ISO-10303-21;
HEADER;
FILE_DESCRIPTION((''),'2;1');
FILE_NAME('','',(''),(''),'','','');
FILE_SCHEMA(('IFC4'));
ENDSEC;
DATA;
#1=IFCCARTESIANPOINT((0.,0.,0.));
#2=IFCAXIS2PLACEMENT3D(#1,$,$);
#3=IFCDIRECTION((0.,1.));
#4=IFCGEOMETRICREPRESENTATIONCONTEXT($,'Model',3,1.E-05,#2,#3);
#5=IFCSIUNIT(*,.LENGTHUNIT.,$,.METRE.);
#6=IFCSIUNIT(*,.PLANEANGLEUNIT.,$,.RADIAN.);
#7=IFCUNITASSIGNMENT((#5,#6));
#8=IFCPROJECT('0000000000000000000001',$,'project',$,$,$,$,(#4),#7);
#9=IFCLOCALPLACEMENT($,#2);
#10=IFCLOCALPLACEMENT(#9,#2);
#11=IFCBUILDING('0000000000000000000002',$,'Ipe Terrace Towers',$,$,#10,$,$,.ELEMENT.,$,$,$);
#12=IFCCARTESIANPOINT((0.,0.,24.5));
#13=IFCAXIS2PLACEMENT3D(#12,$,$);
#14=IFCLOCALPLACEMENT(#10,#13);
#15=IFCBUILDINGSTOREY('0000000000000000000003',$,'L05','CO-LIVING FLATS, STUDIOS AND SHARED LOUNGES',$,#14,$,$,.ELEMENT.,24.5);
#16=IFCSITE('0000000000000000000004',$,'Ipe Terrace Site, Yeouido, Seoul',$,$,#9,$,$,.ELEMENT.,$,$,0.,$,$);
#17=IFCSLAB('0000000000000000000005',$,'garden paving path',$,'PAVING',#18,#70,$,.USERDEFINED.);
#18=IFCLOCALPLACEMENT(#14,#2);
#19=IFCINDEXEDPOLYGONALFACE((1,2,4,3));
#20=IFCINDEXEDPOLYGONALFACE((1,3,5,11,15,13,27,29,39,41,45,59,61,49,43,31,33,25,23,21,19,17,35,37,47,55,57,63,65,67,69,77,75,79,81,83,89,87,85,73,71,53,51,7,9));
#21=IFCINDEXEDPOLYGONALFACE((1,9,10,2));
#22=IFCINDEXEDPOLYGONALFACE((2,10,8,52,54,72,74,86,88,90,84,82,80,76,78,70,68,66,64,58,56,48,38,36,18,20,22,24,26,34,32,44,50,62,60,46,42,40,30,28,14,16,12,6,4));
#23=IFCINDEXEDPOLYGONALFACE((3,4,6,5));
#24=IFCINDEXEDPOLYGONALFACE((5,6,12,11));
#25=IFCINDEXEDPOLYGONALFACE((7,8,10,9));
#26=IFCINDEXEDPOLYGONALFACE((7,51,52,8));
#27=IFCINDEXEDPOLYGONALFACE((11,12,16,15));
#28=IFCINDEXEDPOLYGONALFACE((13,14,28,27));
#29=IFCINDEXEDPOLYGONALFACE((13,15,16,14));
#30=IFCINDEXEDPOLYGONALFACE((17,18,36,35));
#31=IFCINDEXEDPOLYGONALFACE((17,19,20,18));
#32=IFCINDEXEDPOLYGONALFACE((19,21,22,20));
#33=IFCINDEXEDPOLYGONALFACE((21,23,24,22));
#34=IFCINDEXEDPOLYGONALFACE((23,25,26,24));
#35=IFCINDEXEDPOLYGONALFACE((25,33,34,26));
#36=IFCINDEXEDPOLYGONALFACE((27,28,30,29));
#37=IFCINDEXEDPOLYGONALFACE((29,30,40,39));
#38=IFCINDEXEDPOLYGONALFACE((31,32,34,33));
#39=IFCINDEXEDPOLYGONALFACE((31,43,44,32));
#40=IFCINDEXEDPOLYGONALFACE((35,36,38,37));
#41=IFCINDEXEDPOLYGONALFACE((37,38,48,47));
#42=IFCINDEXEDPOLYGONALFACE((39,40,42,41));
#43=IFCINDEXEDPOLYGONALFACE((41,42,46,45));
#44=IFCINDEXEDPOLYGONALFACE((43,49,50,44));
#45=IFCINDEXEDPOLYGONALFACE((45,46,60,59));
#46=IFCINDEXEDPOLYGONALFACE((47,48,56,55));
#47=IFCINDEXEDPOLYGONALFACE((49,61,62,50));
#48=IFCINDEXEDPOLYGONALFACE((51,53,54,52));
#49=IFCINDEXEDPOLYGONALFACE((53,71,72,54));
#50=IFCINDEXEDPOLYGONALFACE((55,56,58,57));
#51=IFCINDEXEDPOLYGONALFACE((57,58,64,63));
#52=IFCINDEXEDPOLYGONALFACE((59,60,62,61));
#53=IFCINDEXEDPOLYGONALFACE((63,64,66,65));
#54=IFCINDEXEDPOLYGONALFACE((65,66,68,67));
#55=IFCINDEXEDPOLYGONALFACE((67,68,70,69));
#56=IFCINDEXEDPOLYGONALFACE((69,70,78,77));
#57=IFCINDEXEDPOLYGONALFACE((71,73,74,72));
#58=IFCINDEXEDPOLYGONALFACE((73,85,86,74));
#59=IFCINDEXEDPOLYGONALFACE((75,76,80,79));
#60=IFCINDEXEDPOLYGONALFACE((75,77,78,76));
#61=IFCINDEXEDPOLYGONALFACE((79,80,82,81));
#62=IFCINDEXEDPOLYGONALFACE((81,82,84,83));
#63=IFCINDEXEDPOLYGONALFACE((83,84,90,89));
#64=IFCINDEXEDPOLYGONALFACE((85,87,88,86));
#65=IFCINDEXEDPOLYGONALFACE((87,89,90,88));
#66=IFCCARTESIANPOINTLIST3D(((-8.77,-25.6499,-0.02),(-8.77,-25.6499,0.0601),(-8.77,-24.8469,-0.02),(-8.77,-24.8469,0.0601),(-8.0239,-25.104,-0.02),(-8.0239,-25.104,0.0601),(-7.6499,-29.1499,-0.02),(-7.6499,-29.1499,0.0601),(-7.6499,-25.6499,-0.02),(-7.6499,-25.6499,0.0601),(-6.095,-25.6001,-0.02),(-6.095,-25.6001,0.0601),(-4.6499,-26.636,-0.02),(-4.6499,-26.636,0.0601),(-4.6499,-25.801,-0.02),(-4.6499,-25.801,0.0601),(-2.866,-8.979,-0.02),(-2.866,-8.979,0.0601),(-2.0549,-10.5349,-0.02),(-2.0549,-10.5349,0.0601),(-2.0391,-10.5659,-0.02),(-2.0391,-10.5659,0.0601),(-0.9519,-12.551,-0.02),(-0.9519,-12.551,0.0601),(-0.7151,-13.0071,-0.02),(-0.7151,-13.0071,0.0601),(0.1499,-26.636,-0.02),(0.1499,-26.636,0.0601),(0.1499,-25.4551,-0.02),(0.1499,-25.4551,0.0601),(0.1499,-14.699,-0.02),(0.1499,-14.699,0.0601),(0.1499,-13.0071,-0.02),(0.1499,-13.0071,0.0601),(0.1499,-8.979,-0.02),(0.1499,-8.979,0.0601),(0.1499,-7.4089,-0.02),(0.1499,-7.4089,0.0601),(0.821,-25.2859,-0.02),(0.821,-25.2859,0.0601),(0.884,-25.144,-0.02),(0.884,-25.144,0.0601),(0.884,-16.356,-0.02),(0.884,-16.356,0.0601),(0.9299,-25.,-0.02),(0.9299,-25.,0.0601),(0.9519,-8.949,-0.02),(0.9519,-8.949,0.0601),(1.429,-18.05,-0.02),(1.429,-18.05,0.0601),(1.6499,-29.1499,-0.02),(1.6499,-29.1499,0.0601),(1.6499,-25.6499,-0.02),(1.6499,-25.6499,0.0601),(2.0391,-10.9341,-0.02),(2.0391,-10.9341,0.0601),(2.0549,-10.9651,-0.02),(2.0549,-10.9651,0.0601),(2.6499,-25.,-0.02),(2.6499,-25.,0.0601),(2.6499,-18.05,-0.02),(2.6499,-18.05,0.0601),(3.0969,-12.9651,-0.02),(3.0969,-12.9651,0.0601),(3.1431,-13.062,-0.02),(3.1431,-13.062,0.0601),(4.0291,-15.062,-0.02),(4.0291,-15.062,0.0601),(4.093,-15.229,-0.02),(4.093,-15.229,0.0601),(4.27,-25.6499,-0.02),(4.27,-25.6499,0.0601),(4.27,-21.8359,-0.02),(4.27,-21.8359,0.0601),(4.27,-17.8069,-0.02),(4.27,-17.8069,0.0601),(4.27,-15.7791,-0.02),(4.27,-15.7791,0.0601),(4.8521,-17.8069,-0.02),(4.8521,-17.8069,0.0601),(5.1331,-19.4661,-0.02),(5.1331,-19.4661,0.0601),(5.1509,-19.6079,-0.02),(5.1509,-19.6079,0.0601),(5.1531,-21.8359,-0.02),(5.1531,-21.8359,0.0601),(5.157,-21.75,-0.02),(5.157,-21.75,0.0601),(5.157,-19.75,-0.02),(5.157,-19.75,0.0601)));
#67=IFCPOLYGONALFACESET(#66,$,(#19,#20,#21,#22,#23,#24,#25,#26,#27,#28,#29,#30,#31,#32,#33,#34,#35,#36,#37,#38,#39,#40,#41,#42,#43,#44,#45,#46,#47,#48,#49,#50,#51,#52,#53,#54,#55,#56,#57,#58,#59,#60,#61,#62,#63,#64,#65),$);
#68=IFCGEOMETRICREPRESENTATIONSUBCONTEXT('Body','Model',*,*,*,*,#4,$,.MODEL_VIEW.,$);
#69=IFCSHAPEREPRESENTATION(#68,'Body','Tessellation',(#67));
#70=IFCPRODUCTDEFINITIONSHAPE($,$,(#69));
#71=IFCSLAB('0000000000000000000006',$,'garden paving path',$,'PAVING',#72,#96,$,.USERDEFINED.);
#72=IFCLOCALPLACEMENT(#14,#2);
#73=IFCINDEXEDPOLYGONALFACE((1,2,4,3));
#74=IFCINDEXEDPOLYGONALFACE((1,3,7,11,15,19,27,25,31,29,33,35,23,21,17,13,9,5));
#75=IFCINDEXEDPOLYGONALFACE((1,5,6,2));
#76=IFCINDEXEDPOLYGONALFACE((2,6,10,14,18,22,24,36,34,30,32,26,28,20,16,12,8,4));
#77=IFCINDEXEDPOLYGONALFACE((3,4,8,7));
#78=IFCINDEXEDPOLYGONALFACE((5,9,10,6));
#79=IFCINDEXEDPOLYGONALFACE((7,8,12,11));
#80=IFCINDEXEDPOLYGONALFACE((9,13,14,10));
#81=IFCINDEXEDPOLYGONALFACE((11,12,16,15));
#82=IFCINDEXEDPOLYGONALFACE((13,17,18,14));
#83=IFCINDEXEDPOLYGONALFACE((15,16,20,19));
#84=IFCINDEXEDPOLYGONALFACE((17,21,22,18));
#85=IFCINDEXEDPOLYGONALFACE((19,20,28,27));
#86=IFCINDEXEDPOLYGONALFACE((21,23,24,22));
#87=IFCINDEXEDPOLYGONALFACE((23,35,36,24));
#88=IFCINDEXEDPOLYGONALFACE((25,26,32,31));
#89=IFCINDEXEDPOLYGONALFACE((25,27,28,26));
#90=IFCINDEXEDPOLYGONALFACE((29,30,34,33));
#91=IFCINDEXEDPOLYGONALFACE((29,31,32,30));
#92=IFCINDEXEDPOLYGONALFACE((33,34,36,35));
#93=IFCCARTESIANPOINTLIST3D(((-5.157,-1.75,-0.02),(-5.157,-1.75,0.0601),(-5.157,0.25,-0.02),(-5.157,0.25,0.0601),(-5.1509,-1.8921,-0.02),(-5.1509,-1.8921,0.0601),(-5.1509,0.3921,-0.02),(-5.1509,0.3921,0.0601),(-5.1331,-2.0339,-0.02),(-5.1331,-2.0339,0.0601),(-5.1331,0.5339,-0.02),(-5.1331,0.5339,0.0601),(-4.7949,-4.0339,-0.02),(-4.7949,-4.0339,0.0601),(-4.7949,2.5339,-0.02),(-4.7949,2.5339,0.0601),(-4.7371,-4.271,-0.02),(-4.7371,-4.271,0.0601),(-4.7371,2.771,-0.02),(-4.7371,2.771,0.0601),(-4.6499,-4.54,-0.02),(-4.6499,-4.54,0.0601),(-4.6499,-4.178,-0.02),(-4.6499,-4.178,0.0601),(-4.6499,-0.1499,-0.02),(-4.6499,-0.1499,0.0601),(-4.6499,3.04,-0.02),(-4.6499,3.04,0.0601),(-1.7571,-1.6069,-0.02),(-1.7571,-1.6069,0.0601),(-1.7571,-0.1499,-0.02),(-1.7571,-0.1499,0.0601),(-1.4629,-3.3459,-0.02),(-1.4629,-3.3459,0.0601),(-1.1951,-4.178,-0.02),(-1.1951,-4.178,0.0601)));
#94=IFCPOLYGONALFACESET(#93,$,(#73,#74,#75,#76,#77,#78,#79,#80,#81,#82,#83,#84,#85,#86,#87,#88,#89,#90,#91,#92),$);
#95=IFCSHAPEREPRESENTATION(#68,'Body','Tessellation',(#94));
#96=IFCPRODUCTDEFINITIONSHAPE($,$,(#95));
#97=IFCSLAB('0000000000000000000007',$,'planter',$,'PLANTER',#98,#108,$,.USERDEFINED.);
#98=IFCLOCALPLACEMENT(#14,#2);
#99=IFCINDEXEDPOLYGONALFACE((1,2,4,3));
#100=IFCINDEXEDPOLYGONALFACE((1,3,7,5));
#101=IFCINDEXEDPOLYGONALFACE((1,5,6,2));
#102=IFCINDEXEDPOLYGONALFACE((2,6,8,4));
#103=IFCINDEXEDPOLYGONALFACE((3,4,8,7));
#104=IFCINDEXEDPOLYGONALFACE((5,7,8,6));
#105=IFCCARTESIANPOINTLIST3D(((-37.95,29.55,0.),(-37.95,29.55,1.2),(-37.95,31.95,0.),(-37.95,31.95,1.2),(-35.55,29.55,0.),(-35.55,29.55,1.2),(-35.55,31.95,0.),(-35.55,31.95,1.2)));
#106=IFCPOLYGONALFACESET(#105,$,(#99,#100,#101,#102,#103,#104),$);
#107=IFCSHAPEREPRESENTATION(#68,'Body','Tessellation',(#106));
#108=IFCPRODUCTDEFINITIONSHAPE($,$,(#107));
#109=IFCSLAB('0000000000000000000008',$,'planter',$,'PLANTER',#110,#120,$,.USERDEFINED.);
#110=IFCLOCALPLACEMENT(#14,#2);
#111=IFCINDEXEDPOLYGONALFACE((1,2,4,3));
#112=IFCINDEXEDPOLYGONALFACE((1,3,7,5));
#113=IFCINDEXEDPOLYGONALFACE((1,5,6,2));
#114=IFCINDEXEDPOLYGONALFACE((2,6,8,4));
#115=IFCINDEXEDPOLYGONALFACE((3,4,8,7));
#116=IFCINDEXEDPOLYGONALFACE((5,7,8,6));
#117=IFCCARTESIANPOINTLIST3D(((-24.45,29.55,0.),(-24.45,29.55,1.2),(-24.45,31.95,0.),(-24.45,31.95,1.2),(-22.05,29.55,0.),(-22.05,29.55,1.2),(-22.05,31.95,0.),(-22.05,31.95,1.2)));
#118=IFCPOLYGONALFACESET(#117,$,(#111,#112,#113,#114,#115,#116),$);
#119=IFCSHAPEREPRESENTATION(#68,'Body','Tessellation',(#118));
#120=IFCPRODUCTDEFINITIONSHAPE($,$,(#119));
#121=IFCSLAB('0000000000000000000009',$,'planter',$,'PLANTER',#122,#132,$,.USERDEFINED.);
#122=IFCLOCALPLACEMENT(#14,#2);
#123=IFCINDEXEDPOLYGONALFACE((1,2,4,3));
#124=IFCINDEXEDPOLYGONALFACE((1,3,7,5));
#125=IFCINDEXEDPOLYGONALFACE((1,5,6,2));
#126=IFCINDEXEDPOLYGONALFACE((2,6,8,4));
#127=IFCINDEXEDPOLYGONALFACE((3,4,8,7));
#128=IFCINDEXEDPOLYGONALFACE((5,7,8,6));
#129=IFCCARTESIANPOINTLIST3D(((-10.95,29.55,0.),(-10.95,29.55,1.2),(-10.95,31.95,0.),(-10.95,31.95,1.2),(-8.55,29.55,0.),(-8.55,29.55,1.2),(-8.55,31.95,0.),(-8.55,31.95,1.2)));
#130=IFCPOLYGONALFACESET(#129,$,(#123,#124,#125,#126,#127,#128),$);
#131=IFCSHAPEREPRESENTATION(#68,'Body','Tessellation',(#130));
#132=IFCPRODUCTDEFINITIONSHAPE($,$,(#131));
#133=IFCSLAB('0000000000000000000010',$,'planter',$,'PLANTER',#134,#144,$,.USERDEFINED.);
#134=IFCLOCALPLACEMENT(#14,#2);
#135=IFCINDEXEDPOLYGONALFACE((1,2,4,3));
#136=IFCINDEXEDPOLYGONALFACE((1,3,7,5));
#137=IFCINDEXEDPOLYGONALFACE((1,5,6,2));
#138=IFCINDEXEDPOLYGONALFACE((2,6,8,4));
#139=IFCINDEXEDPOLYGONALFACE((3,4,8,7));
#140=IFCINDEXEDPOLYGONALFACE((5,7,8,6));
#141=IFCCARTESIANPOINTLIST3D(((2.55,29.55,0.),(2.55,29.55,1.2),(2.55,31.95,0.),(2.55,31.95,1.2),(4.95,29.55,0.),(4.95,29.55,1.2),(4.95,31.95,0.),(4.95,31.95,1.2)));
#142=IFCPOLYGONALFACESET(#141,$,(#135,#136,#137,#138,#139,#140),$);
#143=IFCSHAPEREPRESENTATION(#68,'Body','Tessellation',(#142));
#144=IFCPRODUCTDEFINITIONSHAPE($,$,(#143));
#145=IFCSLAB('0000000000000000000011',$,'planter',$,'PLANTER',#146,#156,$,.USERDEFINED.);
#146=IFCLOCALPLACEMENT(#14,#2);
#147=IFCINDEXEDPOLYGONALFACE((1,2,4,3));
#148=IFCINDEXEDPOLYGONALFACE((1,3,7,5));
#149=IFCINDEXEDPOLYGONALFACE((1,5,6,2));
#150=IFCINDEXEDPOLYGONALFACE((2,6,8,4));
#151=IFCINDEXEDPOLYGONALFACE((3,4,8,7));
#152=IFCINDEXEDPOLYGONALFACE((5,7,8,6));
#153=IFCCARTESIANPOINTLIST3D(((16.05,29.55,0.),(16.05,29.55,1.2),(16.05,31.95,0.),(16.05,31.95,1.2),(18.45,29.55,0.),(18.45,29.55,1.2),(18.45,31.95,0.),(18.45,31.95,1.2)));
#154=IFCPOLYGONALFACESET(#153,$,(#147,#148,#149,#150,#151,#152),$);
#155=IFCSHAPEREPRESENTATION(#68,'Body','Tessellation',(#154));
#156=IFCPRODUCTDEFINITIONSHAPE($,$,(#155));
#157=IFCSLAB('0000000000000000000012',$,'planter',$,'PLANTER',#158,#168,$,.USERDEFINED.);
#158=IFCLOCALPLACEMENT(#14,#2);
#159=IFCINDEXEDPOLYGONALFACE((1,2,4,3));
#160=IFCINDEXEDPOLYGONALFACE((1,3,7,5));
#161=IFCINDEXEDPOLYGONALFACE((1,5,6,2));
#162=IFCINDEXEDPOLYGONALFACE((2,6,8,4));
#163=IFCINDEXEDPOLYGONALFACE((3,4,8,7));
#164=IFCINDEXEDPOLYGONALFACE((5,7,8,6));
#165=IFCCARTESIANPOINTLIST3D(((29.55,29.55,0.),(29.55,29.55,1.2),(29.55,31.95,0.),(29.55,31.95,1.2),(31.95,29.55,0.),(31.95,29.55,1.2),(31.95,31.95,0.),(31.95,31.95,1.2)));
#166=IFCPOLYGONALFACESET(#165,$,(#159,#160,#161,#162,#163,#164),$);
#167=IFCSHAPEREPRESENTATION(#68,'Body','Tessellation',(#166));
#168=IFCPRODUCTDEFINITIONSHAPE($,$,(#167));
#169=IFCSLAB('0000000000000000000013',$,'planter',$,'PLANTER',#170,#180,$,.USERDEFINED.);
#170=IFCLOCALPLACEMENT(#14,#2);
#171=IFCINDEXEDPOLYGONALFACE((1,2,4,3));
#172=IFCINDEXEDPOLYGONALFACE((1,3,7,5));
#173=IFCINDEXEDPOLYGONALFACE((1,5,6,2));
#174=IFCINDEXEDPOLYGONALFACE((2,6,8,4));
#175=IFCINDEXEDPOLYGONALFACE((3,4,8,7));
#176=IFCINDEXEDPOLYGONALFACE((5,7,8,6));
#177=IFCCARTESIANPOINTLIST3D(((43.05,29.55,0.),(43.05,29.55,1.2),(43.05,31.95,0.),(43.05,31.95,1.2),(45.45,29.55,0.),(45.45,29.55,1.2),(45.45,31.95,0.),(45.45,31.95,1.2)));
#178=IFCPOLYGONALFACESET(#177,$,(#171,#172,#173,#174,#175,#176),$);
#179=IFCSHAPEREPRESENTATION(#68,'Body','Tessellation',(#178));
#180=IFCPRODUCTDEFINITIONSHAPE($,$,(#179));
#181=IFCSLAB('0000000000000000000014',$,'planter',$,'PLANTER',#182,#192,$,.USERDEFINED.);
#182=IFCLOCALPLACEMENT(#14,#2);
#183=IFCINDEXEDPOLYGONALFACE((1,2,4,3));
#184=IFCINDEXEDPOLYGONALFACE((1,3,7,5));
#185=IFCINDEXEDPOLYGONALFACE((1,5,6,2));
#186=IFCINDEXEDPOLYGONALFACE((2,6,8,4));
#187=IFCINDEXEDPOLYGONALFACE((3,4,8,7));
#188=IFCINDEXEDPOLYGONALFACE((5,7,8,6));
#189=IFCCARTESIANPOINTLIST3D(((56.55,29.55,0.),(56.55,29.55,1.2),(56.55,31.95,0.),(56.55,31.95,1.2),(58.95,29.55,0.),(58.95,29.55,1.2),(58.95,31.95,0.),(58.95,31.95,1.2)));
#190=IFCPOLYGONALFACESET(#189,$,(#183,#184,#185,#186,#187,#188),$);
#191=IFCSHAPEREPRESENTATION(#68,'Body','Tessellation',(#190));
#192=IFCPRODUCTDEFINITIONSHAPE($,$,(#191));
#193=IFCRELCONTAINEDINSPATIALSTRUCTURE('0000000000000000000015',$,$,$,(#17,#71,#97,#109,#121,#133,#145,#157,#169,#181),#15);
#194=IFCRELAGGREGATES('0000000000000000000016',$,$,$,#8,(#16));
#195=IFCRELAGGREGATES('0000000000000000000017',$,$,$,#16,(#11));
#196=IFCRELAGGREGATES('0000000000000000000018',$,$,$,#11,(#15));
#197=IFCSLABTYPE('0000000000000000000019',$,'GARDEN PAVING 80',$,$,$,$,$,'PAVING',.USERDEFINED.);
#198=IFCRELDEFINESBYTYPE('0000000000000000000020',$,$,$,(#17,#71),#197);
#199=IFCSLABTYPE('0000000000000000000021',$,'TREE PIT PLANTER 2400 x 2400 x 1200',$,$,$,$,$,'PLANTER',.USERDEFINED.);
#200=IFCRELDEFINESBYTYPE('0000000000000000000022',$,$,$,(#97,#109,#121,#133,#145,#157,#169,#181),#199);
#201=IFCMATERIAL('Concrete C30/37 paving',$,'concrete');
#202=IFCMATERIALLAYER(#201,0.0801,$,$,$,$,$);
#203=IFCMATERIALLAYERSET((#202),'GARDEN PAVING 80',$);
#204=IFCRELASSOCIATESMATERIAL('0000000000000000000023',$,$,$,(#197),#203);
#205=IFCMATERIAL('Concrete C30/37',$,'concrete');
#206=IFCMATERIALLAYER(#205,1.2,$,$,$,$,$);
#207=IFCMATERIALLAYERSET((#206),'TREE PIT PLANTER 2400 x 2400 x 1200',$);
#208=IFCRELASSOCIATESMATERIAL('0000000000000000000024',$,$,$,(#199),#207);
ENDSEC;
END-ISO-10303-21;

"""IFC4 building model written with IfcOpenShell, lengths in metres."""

from ifc_helpers import new_model, si_unit, direction, frame, origin, place, context, subcontext, project, spatial, polyline, outline, extrude, material, layer, layer_set, type_object, element, save


model = new_model("IFC4")

# Units and contexts
model_context = context("Model", 3, precision=1e-05, world=origin(), true_north=direction((0.0, 1.0)))
body_context = subcontext(model_context, "Body", "Model", "MODEL_VIEW")
ifc_project = project(units=[si_unit("LENGTHUNIT", "METRE"), si_unit("PLANEANGLEUNIT", "RADIAN")], contexts=[model_context])

# Site, building, storey
site_placement = place(None, origin())
site = spatial("IfcSite", under=ifc_project, at=site_placement, Name="Ipe Terrace Site, Yeouido, Seoul", CompositionType="ELEMENT", RefElevation=0.0)
building_placement = place(site_placement, origin())
building = spatial("IfcBuilding", under=site, at=building_placement, Name="Ipe Terrace Towers", CompositionType="ELEMENT")
storey_placement = place(building_placement, frame((0.0, 0.0, 24.5)))
storey = spatial("IfcBuildingStorey", under=building, at=storey_placement, Name="L05", Description="CO-LIVING FLATS, STUDIOS AND SHARED LOUNGES", CompositionType="ELEMENT", Elevation=24.5)

# Slabs
ifc_material_1 = material(Name="Concrete C30/37 paving", Category="concrete")
ifc_layer_1 = layer(ifc_material_1, 0.0801)
ifc_layer_set_1 = layer_set([ifc_layer_1], Name="GARDEN PAVING 80")
slab_type_1 = type_object("IfcSlabType", Name="GARDEN PAVING 80", ElementType="PAVING", PredefinedType="USERDEFINED", material=ifc_layer_set_1)
slab_1_placement = place(storey_placement, frame((0.0, 0.0, -0.02)))
element("IfcSlab", 1, at=slab_1_placement, inside=storey, type_object=slab_type_1, Name="garden paving path", ObjectType="PAVING", PredefinedType="USERDEFINED", context=body_context, shape_type="SweptSolid", body=[
    extrude(outline(polyline([(-8.0239, -25.104), (-6.095, -25.6001), (-4.6499, -25.801), (-4.6499, -26.636), (0.1499, -26.636), (0.1499, -25.4551), (0.821, -25.2859), (0.884, -25.144), (0.9299, -25.0), (2.6499, -25.0), (2.6499, -18.05), (1.429, -18.05), (0.884, -16.356), (0.1499, -14.699), (0.1499, -13.0071), (-0.7151, -13.0071), (-0.9519, -12.551), (-2.0391, -10.5659), (-2.0549, -10.5349), (-2.866, -8.979), (0.1499, -8.979), (0.1499, -7.4089), (0.9519, -8.949), (2.0391, -10.9341), (2.0549, -10.9651), (3.0969, -12.9651), (3.1431, -13.062), (4.0291, -15.062), (4.093, -15.229), (4.27, -15.7791), (4.27, -17.8069), (4.8521, -17.8069), (5.1331, -19.4661), (5.1509, -19.6079), (5.157, -19.75), (5.157, -21.75), (5.1531, -21.8359), (4.27, -21.8359), (4.27, -25.6499), (1.6499, -25.6499), (1.6499, -29.1499), (-7.6499, -29.1499), (-7.6499, -25.6499), (-8.77, -25.6499), (-8.77, -24.8469), (-8.0239, -25.104)])), origin(), (0.0, 0.0, 1.0), 0.0801),
])
slab_2_placement = place(storey_placement, frame((0.0, 0.0, -0.02)))
element("IfcSlab", 2, at=slab_2_placement, inside=storey, type_object=slab_type_1, Name="garden paving path", ObjectType="PAVING", PredefinedType="USERDEFINED", context=body_context, shape_type="SweptSolid", body=[
    extrude(outline(polyline([(-4.7371, -4.271), (-4.7949, -4.0339), (-5.1331, -2.0339), (-5.1509, -1.8921), (-5.157, -1.75), (-5.157, 0.25), (-5.1509, 0.3921), (-5.1331, 0.5339), (-4.7949, 2.5339), (-4.7371, 2.771), (-4.6499, 3.04), (-4.6499, -0.1499), (-1.7571, -0.1499), (-1.7571, -1.6069), (-1.4629, -3.3459), (-1.1951, -4.178), (-4.6499, -4.178), (-4.6499, -4.54), (-4.7371, -4.271)])), origin(), (0.0, 0.0, 1.0), 0.0801),
])
ifc_material_2 = material(Name="Concrete C30/37", Category="concrete")
ifc_layer_2 = layer(ifc_material_2, 1.2)
ifc_layer_set_2 = layer_set([ifc_layer_2], Name="TREE PIT PLANTER 2400 x 2400 x 1200")
slab_type_2 = type_object("IfcSlabType", Name="TREE PIT PLANTER 2400 x 2400 x 1200", ElementType="PLANTER", PredefinedType="USERDEFINED", material=ifc_layer_set_2)
slab_3_placement = place(storey_placement, origin())
element("IfcSlab", 3, at=slab_3_placement, inside=storey, type_object=slab_type_2, Name="planter", ObjectType="PLANTER", PredefinedType="USERDEFINED", context=body_context, shape_type="SweptSolid", body=[
    extrude(outline(polyline([(-37.95, 29.55), (-35.55, 29.55), (-35.55, 31.95), (-37.95, 31.95), (-37.95, 29.55)])), origin(), (0.0, 0.0, 1.0), 1.2),
])
slab_4_placement = place(storey_placement, origin())
element("IfcSlab", 4, at=slab_4_placement, inside=storey, type_object=slab_type_2, Name="planter", ObjectType="PLANTER", PredefinedType="USERDEFINED", context=body_context, shape_type="SweptSolid", body=[
    extrude(outline(polyline([(-24.45, 29.55), (-22.05, 29.55), (-22.05, 31.95), (-24.45, 31.95), (-24.45, 29.55)])), origin(), (0.0, 0.0, 1.0), 1.2),
])
slab_5_placement = place(storey_placement, origin())
element("IfcSlab", 5, at=slab_5_placement, inside=storey, type_object=slab_type_2, Name="planter", ObjectType="PLANTER", PredefinedType="USERDEFINED", context=body_context, shape_type="SweptSolid", body=[
    extrude(outline(polyline([(-10.95, 29.55), (-8.55, 29.55), (-8.55, 31.95), (-10.95, 31.95), (-10.95, 29.55)])), origin(), (0.0, 0.0, 1.0), 1.2),
])
slab_6_placement = place(storey_placement, origin())
element("IfcSlab", 6, at=slab_6_placement, inside=storey, type_object=slab_type_2, Name="planter", ObjectType="PLANTER", PredefinedType="USERDEFINED", context=body_context, shape_type="SweptSolid", body=[
    extrude(outline(polyline([(2.55, 29.55), (4.95, 29.55), (4.95, 31.95), (2.55, 31.95), (2.55, 29.55)])), origin(), (0.0, 0.0, 1.0), 1.2),
])
slab_7_placement = place(storey_placement, origin())
element("IfcSlab", 7, at=slab_7_placement, inside=storey, type_object=slab_type_2, Name="planter", ObjectType="PLANTER", PredefinedType="USERDEFINED", context=body_context, shape_type="SweptSolid", body=[
    extrude(outline(polyline([(16.05, 29.55), (18.45, 29.55), (18.45, 31.95), (16.05, 31.95), (16.05, 29.55)])), origin(), (0.0, 0.0, 1.0), 1.2),
])
slab_8_placement = place(storey_placement, origin())
element("IfcSlab", 8, at=slab_8_placement, inside=storey, type_object=slab_type_2, Name="planter", ObjectType="PLANTER", PredefinedType="USERDEFINED", context=body_context, shape_type="SweptSolid", body=[
    extrude(outline(polyline([(29.55, 29.55), (31.95, 29.55), (31.95, 31.95), (29.55, 31.95), (29.55, 29.55)])), origin(), (0.0, 0.0, 1.0), 1.2),
])
slab_9_placement = place(storey_placement, origin())
element("IfcSlab", 9, at=slab_9_placement, inside=storey, type_object=slab_type_2, Name="planter", ObjectType="PLANTER", PredefinedType="USERDEFINED", context=body_context, shape_type="SweptSolid", body=[
    extrude(outline(polyline([(43.05, 29.55), (45.45, 29.55), (45.45, 31.95), (43.05, 31.95), (43.05, 29.55)])), origin(), (0.0, 0.0, 1.0), 1.2),
])
slab_10_placement = place(storey_placement, origin())
element("IfcSlab", 10, at=slab_10_placement, inside=storey, type_object=slab_type_2, Name="planter", ObjectType="PLANTER", PredefinedType="USERDEFINED", context=body_context, shape_type="SweptSolid", body=[
    extrude(outline(polyline([(56.55, 29.55), (58.95, 29.55), (58.95, 31.95), (56.55, 31.95), (56.55, 29.55)])), origin(), (0.0, 0.0, 1.0), 1.2),
])

save(model, "model.ifc")
